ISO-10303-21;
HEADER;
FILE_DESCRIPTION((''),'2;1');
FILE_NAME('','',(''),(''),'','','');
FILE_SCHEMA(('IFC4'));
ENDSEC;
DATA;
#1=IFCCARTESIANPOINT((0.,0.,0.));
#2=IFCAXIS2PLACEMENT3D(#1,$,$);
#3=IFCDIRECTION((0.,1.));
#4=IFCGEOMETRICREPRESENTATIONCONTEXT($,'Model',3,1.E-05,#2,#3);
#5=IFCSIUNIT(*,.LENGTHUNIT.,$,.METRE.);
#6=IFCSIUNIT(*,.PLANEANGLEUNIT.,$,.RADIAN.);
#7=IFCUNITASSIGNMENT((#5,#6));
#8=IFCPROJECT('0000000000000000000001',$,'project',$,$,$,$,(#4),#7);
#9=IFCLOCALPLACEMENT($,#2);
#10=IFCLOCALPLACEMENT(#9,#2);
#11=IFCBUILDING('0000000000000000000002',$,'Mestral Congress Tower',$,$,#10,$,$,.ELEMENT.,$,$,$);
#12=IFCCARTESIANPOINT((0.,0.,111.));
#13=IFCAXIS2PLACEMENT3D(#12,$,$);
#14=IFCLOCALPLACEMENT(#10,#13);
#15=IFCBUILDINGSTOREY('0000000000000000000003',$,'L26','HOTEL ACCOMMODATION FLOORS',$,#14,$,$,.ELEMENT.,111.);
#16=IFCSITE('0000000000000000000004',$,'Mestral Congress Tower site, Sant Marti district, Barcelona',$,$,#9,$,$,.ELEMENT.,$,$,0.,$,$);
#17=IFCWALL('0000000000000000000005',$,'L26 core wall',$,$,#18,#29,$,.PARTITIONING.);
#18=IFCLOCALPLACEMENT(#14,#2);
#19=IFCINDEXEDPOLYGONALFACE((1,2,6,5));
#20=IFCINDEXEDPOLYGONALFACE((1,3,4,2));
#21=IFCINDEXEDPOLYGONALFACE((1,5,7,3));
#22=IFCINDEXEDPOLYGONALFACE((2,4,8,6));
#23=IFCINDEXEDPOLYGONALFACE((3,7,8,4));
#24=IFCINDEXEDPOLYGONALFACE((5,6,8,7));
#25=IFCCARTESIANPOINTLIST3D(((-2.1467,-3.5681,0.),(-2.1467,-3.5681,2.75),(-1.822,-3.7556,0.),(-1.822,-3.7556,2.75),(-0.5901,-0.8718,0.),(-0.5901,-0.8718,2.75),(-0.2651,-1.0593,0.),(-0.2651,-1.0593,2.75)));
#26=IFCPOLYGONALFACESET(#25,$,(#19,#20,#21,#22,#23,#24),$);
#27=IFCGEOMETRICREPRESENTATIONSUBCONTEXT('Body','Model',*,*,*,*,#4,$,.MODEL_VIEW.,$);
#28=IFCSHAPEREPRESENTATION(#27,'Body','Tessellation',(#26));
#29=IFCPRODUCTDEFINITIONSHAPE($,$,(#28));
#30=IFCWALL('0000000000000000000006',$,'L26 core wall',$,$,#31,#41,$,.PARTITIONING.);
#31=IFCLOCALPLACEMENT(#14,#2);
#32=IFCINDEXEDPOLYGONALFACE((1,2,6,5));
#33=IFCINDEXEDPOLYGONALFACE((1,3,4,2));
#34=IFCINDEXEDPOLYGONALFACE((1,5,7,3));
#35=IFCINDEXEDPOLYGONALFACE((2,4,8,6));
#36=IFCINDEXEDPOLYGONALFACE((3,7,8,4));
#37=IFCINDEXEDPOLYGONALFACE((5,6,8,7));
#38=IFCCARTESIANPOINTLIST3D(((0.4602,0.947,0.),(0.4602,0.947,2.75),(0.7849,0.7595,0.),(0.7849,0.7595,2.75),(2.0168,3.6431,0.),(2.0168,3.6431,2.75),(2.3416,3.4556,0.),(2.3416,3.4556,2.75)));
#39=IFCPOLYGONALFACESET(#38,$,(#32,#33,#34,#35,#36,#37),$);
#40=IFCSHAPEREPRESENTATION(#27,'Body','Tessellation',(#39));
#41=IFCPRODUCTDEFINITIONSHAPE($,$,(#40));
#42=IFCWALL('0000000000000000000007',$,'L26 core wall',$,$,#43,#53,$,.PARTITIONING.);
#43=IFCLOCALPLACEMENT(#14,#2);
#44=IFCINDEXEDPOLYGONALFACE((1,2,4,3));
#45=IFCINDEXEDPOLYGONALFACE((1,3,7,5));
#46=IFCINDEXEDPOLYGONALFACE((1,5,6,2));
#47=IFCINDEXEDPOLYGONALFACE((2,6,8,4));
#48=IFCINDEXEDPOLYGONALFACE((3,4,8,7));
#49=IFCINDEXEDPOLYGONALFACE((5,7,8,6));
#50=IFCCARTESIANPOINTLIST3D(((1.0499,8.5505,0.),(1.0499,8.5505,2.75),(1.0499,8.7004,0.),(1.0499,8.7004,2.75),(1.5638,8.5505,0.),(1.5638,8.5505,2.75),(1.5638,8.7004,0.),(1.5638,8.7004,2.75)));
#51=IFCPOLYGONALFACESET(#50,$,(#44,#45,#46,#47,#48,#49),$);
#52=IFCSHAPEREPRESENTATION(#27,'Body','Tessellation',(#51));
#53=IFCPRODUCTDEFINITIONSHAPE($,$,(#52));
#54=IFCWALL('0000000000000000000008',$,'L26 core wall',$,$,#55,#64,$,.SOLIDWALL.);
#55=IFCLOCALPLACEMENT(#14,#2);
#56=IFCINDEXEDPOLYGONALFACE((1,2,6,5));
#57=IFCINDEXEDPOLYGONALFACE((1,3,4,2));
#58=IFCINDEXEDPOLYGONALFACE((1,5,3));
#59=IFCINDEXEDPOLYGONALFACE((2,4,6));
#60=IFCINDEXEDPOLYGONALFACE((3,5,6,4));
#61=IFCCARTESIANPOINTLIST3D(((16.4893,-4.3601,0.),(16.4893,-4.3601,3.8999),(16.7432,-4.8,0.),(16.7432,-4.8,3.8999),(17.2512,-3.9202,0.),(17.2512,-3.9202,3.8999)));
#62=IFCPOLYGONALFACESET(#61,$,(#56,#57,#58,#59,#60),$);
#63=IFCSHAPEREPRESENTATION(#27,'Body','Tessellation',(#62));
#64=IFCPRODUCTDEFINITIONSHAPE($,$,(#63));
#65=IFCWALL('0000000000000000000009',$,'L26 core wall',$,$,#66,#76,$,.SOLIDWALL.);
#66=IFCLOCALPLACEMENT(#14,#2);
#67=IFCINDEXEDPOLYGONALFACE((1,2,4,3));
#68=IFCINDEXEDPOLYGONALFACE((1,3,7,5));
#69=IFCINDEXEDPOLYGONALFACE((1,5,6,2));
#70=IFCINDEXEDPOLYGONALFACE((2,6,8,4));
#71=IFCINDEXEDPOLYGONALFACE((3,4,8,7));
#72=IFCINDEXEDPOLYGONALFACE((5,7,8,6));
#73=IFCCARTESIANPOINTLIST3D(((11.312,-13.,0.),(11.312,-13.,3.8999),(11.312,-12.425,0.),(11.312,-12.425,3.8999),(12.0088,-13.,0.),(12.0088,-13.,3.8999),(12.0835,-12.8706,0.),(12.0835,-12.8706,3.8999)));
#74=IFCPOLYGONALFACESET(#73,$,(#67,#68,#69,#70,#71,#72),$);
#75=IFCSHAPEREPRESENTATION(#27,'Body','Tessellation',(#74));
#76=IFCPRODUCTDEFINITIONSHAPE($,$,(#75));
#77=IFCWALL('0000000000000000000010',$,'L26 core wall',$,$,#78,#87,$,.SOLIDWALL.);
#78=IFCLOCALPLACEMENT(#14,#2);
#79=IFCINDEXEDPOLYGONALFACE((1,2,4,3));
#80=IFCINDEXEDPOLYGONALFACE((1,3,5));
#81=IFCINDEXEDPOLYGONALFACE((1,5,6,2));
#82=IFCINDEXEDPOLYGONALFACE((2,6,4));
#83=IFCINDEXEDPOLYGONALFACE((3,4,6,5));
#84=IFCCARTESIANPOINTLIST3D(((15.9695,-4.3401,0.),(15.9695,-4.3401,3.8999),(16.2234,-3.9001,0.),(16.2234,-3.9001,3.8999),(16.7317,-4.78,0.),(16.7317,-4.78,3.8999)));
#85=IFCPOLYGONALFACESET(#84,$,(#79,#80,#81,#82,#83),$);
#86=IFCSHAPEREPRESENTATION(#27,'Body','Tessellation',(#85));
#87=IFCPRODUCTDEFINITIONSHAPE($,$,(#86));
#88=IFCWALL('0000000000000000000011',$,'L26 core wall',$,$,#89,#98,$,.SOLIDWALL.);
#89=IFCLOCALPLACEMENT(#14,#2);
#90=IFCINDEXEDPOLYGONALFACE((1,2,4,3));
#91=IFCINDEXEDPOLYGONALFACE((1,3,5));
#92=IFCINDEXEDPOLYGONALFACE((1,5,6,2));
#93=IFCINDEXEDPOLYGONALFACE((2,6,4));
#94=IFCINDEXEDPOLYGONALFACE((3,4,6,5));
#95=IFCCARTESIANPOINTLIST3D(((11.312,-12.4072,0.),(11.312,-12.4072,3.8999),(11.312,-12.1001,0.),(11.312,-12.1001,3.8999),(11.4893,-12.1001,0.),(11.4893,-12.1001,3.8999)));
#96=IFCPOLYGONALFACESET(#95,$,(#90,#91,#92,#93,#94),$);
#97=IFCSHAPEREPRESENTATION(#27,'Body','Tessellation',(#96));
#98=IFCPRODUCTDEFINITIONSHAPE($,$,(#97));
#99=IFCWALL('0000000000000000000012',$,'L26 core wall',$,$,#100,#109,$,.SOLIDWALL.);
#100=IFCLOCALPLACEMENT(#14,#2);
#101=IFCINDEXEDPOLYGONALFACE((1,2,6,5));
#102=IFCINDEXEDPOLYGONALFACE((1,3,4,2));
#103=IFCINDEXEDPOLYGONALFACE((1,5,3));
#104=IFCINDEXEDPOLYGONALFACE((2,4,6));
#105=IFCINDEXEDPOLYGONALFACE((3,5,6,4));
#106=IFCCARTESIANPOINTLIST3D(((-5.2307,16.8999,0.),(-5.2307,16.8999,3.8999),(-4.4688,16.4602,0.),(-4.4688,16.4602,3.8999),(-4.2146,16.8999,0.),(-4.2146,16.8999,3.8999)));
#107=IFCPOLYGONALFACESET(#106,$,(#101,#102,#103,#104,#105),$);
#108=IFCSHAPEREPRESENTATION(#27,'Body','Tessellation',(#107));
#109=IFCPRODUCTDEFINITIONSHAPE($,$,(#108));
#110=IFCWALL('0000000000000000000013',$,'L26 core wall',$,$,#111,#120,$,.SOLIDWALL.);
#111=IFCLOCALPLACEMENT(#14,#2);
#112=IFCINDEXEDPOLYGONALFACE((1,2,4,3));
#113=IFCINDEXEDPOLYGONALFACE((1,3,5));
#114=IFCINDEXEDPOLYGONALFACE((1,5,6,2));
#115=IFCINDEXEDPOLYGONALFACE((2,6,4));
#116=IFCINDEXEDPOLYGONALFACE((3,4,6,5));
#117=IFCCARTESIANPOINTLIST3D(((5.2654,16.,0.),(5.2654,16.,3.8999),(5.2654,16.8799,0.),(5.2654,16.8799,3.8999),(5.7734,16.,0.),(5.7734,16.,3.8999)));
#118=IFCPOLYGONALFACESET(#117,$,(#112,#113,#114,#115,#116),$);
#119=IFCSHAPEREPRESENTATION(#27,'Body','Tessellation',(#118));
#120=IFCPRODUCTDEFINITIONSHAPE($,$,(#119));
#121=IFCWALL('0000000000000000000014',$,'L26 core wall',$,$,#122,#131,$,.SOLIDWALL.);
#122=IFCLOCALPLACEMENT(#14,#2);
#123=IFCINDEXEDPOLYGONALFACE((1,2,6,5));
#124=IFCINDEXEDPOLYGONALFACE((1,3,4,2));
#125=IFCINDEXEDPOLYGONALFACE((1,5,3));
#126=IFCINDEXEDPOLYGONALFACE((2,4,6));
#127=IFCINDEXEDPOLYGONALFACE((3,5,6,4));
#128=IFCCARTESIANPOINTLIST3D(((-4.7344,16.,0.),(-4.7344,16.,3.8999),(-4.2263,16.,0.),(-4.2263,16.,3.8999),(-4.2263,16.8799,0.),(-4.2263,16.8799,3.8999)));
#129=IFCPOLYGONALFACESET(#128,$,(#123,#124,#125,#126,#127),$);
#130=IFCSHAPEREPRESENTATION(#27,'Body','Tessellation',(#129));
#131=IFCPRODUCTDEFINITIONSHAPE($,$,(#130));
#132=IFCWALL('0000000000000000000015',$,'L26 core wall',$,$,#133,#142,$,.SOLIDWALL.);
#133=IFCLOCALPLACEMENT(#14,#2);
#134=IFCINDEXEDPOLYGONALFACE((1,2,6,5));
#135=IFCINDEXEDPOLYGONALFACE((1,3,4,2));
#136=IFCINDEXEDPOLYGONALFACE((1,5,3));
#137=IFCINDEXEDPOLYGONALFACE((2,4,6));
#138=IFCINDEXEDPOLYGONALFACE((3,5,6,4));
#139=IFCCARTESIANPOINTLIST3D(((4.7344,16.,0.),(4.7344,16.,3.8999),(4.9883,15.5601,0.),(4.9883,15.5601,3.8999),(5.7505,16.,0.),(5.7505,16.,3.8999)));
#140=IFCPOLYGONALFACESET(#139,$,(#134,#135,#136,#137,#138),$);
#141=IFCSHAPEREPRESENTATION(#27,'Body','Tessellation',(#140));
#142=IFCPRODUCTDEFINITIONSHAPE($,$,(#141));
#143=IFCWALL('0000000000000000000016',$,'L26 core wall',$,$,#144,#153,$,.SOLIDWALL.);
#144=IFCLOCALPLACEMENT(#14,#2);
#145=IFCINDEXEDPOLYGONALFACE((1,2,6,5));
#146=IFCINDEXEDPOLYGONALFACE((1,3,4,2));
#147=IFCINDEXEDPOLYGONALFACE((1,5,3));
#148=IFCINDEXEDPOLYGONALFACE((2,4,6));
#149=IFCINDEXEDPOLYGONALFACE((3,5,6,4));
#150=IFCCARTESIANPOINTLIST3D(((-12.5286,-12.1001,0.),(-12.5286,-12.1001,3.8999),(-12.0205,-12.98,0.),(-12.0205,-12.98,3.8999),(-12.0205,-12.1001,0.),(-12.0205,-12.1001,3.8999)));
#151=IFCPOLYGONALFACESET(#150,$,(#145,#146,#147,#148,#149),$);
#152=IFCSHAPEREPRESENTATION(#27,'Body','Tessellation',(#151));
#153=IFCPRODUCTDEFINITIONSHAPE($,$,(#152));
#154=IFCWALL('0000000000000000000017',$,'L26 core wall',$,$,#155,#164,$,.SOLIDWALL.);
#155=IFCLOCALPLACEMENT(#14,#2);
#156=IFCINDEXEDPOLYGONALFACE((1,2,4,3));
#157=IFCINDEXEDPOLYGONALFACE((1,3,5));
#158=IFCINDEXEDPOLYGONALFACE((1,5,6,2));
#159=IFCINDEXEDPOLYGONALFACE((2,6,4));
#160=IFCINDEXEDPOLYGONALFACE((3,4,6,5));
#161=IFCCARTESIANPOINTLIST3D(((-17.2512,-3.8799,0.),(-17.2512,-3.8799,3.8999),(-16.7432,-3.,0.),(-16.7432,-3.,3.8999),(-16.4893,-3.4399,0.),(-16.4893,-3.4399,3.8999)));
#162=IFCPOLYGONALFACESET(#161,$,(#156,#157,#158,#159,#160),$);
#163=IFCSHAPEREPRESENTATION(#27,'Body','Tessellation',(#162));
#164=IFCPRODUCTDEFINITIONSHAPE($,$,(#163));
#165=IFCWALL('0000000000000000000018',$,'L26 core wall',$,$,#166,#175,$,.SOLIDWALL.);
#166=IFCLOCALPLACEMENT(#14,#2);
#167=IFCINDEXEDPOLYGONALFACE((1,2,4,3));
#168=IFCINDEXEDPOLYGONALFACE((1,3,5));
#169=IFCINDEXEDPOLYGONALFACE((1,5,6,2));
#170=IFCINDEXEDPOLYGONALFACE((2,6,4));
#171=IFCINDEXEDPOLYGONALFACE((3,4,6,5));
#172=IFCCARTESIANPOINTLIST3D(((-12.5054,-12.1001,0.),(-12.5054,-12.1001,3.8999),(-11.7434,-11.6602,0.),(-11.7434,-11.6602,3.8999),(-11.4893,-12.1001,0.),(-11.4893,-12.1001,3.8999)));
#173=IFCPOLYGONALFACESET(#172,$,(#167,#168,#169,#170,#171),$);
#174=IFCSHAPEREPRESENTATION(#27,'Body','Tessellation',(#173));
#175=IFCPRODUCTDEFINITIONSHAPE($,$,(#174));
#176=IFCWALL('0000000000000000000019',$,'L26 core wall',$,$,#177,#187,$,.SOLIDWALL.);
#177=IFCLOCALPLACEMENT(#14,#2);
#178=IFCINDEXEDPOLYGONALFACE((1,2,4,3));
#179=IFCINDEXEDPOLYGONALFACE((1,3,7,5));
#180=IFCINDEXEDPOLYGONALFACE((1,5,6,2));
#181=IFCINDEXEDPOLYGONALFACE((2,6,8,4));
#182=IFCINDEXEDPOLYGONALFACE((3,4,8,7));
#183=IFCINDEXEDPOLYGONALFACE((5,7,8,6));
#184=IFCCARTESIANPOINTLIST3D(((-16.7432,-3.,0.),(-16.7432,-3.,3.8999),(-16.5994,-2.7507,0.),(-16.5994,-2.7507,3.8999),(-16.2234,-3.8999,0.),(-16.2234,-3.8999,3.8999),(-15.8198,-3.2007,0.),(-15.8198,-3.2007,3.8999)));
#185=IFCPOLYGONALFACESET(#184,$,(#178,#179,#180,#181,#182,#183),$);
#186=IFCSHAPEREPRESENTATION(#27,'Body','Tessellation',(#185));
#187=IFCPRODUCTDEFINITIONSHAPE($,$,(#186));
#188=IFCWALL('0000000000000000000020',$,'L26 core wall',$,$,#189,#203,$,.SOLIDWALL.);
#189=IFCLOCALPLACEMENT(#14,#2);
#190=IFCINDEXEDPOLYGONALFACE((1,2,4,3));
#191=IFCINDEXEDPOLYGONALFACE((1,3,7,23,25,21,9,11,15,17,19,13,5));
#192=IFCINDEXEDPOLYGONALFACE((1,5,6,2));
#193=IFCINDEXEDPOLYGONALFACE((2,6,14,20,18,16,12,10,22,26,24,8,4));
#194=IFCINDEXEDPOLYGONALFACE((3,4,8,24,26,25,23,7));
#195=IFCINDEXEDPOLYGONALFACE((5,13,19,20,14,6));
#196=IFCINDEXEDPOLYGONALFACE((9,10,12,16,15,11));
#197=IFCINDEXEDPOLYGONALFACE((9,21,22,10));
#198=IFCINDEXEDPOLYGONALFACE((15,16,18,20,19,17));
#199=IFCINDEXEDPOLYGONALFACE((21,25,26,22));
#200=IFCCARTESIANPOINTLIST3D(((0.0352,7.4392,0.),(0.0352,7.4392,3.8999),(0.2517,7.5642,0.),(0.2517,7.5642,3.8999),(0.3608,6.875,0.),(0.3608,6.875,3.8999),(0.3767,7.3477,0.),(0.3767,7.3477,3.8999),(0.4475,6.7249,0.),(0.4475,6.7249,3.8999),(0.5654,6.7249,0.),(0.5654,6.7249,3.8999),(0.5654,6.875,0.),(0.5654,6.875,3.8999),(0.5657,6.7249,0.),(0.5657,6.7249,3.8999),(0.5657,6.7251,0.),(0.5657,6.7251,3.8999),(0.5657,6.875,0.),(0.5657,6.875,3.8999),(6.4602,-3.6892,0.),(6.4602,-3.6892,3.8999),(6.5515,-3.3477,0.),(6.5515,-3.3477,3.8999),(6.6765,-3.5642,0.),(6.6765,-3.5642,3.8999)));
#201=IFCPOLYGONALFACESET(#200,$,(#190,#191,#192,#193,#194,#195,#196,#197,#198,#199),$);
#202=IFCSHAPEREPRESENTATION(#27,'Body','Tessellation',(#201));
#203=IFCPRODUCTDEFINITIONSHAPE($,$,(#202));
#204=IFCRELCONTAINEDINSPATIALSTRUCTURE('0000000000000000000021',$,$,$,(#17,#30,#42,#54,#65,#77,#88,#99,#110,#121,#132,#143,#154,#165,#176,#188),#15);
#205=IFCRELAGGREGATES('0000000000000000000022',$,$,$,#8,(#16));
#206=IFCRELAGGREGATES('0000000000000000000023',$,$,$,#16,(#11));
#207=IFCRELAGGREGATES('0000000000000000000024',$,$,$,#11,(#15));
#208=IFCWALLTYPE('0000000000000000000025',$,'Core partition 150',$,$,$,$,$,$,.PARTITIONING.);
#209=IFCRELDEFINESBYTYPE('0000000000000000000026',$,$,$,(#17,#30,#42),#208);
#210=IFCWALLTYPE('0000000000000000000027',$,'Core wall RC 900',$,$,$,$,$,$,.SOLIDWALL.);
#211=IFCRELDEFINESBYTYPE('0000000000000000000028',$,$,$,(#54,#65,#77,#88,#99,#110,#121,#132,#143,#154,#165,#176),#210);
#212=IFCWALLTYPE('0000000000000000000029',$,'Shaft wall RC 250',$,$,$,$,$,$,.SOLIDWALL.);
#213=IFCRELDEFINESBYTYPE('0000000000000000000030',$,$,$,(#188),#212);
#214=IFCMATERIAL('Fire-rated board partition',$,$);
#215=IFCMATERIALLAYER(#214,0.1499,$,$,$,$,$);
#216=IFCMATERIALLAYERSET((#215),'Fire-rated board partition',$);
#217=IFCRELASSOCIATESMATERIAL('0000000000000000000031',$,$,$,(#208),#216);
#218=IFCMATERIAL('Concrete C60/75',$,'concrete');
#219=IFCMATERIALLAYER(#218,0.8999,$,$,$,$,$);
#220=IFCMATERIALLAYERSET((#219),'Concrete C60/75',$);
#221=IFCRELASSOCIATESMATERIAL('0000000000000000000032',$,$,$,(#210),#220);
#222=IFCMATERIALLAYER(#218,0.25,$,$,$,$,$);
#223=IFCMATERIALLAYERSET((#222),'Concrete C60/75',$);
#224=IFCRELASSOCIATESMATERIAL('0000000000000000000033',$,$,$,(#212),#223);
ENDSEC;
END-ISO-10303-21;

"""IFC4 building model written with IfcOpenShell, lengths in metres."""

from ifc_helpers import new_model, si_unit, direction, frame, frame_2d, origin, place, context, subcontext, project, spatial, polyline, rectangle, outline, extrude, material, layer, layer_set, type_object, element, save


model = new_model("IFC4")

# Units and contexts
model_context = context("Model", 3, precision=1e-05, world=origin(), true_north=direction((0.0, 1.0)))
body_context = subcontext(model_context, "Body", "Model", "MODEL_VIEW")
ifc_project = project(units=[si_unit("LENGTHUNIT", "METRE"), si_unit("PLANEANGLEUNIT", "RADIAN")], contexts=[model_context])

# Site, building, storey
site_placement = place(None, origin())
site = spatial("IfcSite", under=ifc_project, at=site_placement, Name="Mestral Congress Tower site, Sant Marti district, Barcelona", CompositionType="ELEMENT", RefElevation=0.0)
building_placement = place(site_placement, origin())
building = spatial("IfcBuilding", under=site, at=building_placement, Name="Mestral Congress Tower", CompositionType="ELEMENT")
storey_placement = place(building_placement, frame((0.0, 0.0, 111.0)))
storey = spatial("IfcBuildingStorey", under=building, at=storey_placement, Name="L26", Description="HOTEL ACCOMMODATION FLOORS", CompositionType="ELEMENT", Elevation=111.0)

# Walls
ifc_material_1 = material(Name="Fire-rated board partition")
ifc_layer_1 = layer(ifc_material_1, 0.1499)
ifc_layer_set_1 = layer_set([ifc_layer_1], Name="Fire-rated board partition")
wall_type_1 = type_object("IfcWallType", Name="Core partition 150", PredefinedType="PARTITIONING", material=ifc_layer_set_1)
placement = place(storey_placement, origin())
element("IfcWall", 1, at=placement, inside=storey, type_object=wall_type_1, Name="L26 core wall", PredefinedType="PARTITIONING", context=body_context, shape_type="SweptSolid", body=[
    extrude(outline(polyline([(-0.5901, -0.8718), (-0.2651, -1.0593), (-1.822, -3.7556), (-2.1467, -3.5681), (-0.5901, -0.8718)])), origin(), (0.0, 0.0, 1.0), 2.75),
])
element("IfcWall", 2, at=placement, inside=storey, type_object=wall_type_1, Name="L26 core wall", PredefinedType="PARTITIONING", context=body_context, shape_type="SweptSolid", body=[
    extrude(outline(polyline([(2.0168, 3.6431), (2.3416, 3.4556), (0.7849, 0.7595), (0.4602, 0.947), (2.0168, 3.6431)])), origin(), (0.0, 0.0, 1.0), 2.75),
])
wall_1_placement = place(storey_placement, frame((1.05, 8.6255, 0.0), z_axis=(0.0, 0.0, 1.0), x_axis=(1.0, 0.0, 0.0)))
element("IfcWall", 3, at=wall_1_placement, inside=storey, type_object=wall_type_1, Name="L26 core wall", PredefinedType="PARTITIONING", context=body_context, shape_type="SweptSolid", body=[
    extrude(rectangle(XDim=0.5139, YDim=0.1499, at=frame_2d((0.2568, 0.0))), origin(), (0.0, 0.0, 1.0), 2.75),
])
ifc_material_2 = material(Name="Concrete C60/75", Category="concrete")
ifc_layer_2 = layer(ifc_material_2, 0.8999)
ifc_layer_set_2 = layer_set([ifc_layer_2], Name="Concrete C60/75")
wall_type_2 = type_object("IfcWallType", Name="Core wall RC 900", PredefinedType="SOLIDWALL", material=ifc_layer_set_2)
element("IfcWall", 4, at=placement, inside=storey, type_object=wall_type_2, Name="L26 core wall", PredefinedType="SOLIDWALL", context=body_context, shape_type="SweptSolid", body=[
    extrude(outline(polyline([(16.7432, -4.8), (16.4893, -4.3601), (17.2512, -3.9202), (16.7432, -4.8)])), origin(), (0.0, 0.0, 1.0), 3.8999),
])
element("IfcWall", 5, at=placement, inside=storey, type_object=wall_type_2, Name="L26 core wall", PredefinedType="SOLIDWALL", context=body_context, shape_type="SweptSolid", body=[
    extrude(outline(polyline([(12.0088, -13.0), (11.312, -13.0), (11.312, -12.425), (12.0835, -12.8706), (12.0088, -13.0)])), origin(), (0.0, 0.0, 1.0), 3.8999),
])
element("IfcWall", 6, at=placement, inside=storey, type_object=wall_type_2, Name="L26 core wall", PredefinedType="SOLIDWALL", context=body_context, shape_type="SweptSolid", body=[
    extrude(outline(polyline([(16.2234, -3.9001), (16.7317, -4.78), (15.9695, -4.3401), (16.2234, -3.9001)])), origin(), (0.0, 0.0, 1.0), 3.8999),
])
element("IfcWall", 7, at=placement, inside=storey, type_object=wall_type_2, Name="L26 core wall", PredefinedType="SOLIDWALL", context=body_context, shape_type="SweptSolid", body=[
    extrude(outline(polyline([(11.4893, -12.1001), (11.312, -12.4072), (11.312, -12.1001), (11.4893, -12.1001)])), origin(), (0.0, 0.0, 1.0), 3.8999),
])
element("IfcWall", 8, at=placement, inside=storey, type_object=wall_type_2, Name="L26 core wall", PredefinedType="SOLIDWALL", context=body_context, shape_type="SweptSolid", body=[
    extrude(outline(polyline([(-4.2146, 16.8999), (-4.4688, 16.4602), (-5.2307, 16.8999), (-4.2146, 16.8999)])), origin(), (0.0, 0.0, 1.0), 3.8999),
])
element("IfcWall", 9, at=placement, inside=storey, type_object=wall_type_2, Name="L26 core wall", PredefinedType="SOLIDWALL", context=body_context, shape_type="SweptSolid", body=[
    extrude(outline(polyline([(5.2654, 16.0), (5.2654, 16.8799), (5.7734, 16.0), (5.2654, 16.0)])), origin(), (0.0, 0.0, 1.0), 3.8999),
])
element("IfcWall", 10, at=placement, inside=storey, type_object=wall_type_2, Name="L26 core wall", PredefinedType="SOLIDWALL", context=body_context, shape_type="SweptSolid", body=[
    extrude(outline(polyline([(-4.7344, 16.0), (-4.2263, 16.8799), (-4.2263, 16.0), (-4.7344, 16.0)])), origin(), (0.0, 0.0, 1.0), 3.8999),
])
element("IfcWall", 11, at=placement, inside=storey, type_object=wall_type_2, Name="L26 core wall", PredefinedType="SOLIDWALL", context=body_context, shape_type="SweptSolid", body=[
    extrude(outline(polyline([(4.7344, 16.0), (5.7505, 16.0), (4.9883, 15.5601), (4.7344, 16.0)])), origin(), (0.0, 0.0, 1.0), 3.8999),
])
element("IfcWall", 12, at=placement, inside=storey, type_object=wall_type_2, Name="L26 core wall", PredefinedType="SOLIDWALL", context=body_context, shape_type="SweptSolid", body=[
    extrude(outline(polyline([(-12.5286, -12.1001), (-12.0205, -12.1001), (-12.0205, -12.98), (-12.5286, -12.1001)])), origin(), (0.0, 0.0, 1.0), 3.8999),
])
element("IfcWall", 13, at=placement, inside=storey, type_object=wall_type_2, Name="L26 core wall", PredefinedType="SOLIDWALL", context=body_context, shape_type="SweptSolid", body=[
    extrude(outline(polyline([(-16.4893, -3.4399), (-17.2512, -3.8799), (-16.7432, -3.0), (-16.4893, -3.4399)])), origin(), (0.0, 0.0, 1.0), 3.8999),
])
element("IfcWall", 14, at=placement, inside=storey, type_object=wall_type_2, Name="L26 core wall", PredefinedType="SOLIDWALL", context=body_context, shape_type="SweptSolid", body=[
    extrude(outline(polyline([(-11.4893, -12.1001), (-12.5054, -12.1001), (-11.7434, -11.6602), (-11.4893, -12.1001)])), origin(), (0.0, 0.0, 1.0), 3.8999),
])
element("IfcWall", 15, at=placement, inside=storey, type_object=wall_type_2, Name="L26 core wall", PredefinedType="SOLIDWALL", context=body_context, shape_type="SweptSolid", body=[
    extrude(outline(polyline([(-15.8198, -3.2007), (-16.2234, -3.8999), (-16.7432, -3.0), (-16.5994, -2.7507), (-15.8198, -3.2007)])), origin(), (0.0, 0.0, 1.0), 3.8999),
])
ifc_layer_3 = layer(ifc_material_2, 0.25)
ifc_layer_set_3 = layer_set([ifc_layer_3], Name="Concrete C60/75")
wall_type_3 = type_object("IfcWallType", Name="Shaft wall RC 250", PredefinedType="SOLIDWALL", material=ifc_layer_set_3)
element("IfcWall", 16, at=placement, inside=storey, type_object=wall_type_3, Name="L26 core wall", PredefinedType="SOLIDWALL", context=body_context, shape_type="SweptSolid", body=[
    extrude(outline(polyline([(0.5657, 6.7251), (0.5657, 6.875), (0.5657, 6.875), (0.5654, 6.875), (0.3608, 6.875), (0.0352, 7.4392), (0.2517, 7.5642), (0.3767, 7.3477), (6.5515, -3.3477), (6.6765, -3.5642), (6.4602, -3.6892), (0.4475, 6.7249), (0.5654, 6.7249), (0.5657, 6.7249), (0.5657, 6.7251)])), origin(), (0.0, 0.0, 1.0), 3.8999),
])

save(model, "model.ifc")
